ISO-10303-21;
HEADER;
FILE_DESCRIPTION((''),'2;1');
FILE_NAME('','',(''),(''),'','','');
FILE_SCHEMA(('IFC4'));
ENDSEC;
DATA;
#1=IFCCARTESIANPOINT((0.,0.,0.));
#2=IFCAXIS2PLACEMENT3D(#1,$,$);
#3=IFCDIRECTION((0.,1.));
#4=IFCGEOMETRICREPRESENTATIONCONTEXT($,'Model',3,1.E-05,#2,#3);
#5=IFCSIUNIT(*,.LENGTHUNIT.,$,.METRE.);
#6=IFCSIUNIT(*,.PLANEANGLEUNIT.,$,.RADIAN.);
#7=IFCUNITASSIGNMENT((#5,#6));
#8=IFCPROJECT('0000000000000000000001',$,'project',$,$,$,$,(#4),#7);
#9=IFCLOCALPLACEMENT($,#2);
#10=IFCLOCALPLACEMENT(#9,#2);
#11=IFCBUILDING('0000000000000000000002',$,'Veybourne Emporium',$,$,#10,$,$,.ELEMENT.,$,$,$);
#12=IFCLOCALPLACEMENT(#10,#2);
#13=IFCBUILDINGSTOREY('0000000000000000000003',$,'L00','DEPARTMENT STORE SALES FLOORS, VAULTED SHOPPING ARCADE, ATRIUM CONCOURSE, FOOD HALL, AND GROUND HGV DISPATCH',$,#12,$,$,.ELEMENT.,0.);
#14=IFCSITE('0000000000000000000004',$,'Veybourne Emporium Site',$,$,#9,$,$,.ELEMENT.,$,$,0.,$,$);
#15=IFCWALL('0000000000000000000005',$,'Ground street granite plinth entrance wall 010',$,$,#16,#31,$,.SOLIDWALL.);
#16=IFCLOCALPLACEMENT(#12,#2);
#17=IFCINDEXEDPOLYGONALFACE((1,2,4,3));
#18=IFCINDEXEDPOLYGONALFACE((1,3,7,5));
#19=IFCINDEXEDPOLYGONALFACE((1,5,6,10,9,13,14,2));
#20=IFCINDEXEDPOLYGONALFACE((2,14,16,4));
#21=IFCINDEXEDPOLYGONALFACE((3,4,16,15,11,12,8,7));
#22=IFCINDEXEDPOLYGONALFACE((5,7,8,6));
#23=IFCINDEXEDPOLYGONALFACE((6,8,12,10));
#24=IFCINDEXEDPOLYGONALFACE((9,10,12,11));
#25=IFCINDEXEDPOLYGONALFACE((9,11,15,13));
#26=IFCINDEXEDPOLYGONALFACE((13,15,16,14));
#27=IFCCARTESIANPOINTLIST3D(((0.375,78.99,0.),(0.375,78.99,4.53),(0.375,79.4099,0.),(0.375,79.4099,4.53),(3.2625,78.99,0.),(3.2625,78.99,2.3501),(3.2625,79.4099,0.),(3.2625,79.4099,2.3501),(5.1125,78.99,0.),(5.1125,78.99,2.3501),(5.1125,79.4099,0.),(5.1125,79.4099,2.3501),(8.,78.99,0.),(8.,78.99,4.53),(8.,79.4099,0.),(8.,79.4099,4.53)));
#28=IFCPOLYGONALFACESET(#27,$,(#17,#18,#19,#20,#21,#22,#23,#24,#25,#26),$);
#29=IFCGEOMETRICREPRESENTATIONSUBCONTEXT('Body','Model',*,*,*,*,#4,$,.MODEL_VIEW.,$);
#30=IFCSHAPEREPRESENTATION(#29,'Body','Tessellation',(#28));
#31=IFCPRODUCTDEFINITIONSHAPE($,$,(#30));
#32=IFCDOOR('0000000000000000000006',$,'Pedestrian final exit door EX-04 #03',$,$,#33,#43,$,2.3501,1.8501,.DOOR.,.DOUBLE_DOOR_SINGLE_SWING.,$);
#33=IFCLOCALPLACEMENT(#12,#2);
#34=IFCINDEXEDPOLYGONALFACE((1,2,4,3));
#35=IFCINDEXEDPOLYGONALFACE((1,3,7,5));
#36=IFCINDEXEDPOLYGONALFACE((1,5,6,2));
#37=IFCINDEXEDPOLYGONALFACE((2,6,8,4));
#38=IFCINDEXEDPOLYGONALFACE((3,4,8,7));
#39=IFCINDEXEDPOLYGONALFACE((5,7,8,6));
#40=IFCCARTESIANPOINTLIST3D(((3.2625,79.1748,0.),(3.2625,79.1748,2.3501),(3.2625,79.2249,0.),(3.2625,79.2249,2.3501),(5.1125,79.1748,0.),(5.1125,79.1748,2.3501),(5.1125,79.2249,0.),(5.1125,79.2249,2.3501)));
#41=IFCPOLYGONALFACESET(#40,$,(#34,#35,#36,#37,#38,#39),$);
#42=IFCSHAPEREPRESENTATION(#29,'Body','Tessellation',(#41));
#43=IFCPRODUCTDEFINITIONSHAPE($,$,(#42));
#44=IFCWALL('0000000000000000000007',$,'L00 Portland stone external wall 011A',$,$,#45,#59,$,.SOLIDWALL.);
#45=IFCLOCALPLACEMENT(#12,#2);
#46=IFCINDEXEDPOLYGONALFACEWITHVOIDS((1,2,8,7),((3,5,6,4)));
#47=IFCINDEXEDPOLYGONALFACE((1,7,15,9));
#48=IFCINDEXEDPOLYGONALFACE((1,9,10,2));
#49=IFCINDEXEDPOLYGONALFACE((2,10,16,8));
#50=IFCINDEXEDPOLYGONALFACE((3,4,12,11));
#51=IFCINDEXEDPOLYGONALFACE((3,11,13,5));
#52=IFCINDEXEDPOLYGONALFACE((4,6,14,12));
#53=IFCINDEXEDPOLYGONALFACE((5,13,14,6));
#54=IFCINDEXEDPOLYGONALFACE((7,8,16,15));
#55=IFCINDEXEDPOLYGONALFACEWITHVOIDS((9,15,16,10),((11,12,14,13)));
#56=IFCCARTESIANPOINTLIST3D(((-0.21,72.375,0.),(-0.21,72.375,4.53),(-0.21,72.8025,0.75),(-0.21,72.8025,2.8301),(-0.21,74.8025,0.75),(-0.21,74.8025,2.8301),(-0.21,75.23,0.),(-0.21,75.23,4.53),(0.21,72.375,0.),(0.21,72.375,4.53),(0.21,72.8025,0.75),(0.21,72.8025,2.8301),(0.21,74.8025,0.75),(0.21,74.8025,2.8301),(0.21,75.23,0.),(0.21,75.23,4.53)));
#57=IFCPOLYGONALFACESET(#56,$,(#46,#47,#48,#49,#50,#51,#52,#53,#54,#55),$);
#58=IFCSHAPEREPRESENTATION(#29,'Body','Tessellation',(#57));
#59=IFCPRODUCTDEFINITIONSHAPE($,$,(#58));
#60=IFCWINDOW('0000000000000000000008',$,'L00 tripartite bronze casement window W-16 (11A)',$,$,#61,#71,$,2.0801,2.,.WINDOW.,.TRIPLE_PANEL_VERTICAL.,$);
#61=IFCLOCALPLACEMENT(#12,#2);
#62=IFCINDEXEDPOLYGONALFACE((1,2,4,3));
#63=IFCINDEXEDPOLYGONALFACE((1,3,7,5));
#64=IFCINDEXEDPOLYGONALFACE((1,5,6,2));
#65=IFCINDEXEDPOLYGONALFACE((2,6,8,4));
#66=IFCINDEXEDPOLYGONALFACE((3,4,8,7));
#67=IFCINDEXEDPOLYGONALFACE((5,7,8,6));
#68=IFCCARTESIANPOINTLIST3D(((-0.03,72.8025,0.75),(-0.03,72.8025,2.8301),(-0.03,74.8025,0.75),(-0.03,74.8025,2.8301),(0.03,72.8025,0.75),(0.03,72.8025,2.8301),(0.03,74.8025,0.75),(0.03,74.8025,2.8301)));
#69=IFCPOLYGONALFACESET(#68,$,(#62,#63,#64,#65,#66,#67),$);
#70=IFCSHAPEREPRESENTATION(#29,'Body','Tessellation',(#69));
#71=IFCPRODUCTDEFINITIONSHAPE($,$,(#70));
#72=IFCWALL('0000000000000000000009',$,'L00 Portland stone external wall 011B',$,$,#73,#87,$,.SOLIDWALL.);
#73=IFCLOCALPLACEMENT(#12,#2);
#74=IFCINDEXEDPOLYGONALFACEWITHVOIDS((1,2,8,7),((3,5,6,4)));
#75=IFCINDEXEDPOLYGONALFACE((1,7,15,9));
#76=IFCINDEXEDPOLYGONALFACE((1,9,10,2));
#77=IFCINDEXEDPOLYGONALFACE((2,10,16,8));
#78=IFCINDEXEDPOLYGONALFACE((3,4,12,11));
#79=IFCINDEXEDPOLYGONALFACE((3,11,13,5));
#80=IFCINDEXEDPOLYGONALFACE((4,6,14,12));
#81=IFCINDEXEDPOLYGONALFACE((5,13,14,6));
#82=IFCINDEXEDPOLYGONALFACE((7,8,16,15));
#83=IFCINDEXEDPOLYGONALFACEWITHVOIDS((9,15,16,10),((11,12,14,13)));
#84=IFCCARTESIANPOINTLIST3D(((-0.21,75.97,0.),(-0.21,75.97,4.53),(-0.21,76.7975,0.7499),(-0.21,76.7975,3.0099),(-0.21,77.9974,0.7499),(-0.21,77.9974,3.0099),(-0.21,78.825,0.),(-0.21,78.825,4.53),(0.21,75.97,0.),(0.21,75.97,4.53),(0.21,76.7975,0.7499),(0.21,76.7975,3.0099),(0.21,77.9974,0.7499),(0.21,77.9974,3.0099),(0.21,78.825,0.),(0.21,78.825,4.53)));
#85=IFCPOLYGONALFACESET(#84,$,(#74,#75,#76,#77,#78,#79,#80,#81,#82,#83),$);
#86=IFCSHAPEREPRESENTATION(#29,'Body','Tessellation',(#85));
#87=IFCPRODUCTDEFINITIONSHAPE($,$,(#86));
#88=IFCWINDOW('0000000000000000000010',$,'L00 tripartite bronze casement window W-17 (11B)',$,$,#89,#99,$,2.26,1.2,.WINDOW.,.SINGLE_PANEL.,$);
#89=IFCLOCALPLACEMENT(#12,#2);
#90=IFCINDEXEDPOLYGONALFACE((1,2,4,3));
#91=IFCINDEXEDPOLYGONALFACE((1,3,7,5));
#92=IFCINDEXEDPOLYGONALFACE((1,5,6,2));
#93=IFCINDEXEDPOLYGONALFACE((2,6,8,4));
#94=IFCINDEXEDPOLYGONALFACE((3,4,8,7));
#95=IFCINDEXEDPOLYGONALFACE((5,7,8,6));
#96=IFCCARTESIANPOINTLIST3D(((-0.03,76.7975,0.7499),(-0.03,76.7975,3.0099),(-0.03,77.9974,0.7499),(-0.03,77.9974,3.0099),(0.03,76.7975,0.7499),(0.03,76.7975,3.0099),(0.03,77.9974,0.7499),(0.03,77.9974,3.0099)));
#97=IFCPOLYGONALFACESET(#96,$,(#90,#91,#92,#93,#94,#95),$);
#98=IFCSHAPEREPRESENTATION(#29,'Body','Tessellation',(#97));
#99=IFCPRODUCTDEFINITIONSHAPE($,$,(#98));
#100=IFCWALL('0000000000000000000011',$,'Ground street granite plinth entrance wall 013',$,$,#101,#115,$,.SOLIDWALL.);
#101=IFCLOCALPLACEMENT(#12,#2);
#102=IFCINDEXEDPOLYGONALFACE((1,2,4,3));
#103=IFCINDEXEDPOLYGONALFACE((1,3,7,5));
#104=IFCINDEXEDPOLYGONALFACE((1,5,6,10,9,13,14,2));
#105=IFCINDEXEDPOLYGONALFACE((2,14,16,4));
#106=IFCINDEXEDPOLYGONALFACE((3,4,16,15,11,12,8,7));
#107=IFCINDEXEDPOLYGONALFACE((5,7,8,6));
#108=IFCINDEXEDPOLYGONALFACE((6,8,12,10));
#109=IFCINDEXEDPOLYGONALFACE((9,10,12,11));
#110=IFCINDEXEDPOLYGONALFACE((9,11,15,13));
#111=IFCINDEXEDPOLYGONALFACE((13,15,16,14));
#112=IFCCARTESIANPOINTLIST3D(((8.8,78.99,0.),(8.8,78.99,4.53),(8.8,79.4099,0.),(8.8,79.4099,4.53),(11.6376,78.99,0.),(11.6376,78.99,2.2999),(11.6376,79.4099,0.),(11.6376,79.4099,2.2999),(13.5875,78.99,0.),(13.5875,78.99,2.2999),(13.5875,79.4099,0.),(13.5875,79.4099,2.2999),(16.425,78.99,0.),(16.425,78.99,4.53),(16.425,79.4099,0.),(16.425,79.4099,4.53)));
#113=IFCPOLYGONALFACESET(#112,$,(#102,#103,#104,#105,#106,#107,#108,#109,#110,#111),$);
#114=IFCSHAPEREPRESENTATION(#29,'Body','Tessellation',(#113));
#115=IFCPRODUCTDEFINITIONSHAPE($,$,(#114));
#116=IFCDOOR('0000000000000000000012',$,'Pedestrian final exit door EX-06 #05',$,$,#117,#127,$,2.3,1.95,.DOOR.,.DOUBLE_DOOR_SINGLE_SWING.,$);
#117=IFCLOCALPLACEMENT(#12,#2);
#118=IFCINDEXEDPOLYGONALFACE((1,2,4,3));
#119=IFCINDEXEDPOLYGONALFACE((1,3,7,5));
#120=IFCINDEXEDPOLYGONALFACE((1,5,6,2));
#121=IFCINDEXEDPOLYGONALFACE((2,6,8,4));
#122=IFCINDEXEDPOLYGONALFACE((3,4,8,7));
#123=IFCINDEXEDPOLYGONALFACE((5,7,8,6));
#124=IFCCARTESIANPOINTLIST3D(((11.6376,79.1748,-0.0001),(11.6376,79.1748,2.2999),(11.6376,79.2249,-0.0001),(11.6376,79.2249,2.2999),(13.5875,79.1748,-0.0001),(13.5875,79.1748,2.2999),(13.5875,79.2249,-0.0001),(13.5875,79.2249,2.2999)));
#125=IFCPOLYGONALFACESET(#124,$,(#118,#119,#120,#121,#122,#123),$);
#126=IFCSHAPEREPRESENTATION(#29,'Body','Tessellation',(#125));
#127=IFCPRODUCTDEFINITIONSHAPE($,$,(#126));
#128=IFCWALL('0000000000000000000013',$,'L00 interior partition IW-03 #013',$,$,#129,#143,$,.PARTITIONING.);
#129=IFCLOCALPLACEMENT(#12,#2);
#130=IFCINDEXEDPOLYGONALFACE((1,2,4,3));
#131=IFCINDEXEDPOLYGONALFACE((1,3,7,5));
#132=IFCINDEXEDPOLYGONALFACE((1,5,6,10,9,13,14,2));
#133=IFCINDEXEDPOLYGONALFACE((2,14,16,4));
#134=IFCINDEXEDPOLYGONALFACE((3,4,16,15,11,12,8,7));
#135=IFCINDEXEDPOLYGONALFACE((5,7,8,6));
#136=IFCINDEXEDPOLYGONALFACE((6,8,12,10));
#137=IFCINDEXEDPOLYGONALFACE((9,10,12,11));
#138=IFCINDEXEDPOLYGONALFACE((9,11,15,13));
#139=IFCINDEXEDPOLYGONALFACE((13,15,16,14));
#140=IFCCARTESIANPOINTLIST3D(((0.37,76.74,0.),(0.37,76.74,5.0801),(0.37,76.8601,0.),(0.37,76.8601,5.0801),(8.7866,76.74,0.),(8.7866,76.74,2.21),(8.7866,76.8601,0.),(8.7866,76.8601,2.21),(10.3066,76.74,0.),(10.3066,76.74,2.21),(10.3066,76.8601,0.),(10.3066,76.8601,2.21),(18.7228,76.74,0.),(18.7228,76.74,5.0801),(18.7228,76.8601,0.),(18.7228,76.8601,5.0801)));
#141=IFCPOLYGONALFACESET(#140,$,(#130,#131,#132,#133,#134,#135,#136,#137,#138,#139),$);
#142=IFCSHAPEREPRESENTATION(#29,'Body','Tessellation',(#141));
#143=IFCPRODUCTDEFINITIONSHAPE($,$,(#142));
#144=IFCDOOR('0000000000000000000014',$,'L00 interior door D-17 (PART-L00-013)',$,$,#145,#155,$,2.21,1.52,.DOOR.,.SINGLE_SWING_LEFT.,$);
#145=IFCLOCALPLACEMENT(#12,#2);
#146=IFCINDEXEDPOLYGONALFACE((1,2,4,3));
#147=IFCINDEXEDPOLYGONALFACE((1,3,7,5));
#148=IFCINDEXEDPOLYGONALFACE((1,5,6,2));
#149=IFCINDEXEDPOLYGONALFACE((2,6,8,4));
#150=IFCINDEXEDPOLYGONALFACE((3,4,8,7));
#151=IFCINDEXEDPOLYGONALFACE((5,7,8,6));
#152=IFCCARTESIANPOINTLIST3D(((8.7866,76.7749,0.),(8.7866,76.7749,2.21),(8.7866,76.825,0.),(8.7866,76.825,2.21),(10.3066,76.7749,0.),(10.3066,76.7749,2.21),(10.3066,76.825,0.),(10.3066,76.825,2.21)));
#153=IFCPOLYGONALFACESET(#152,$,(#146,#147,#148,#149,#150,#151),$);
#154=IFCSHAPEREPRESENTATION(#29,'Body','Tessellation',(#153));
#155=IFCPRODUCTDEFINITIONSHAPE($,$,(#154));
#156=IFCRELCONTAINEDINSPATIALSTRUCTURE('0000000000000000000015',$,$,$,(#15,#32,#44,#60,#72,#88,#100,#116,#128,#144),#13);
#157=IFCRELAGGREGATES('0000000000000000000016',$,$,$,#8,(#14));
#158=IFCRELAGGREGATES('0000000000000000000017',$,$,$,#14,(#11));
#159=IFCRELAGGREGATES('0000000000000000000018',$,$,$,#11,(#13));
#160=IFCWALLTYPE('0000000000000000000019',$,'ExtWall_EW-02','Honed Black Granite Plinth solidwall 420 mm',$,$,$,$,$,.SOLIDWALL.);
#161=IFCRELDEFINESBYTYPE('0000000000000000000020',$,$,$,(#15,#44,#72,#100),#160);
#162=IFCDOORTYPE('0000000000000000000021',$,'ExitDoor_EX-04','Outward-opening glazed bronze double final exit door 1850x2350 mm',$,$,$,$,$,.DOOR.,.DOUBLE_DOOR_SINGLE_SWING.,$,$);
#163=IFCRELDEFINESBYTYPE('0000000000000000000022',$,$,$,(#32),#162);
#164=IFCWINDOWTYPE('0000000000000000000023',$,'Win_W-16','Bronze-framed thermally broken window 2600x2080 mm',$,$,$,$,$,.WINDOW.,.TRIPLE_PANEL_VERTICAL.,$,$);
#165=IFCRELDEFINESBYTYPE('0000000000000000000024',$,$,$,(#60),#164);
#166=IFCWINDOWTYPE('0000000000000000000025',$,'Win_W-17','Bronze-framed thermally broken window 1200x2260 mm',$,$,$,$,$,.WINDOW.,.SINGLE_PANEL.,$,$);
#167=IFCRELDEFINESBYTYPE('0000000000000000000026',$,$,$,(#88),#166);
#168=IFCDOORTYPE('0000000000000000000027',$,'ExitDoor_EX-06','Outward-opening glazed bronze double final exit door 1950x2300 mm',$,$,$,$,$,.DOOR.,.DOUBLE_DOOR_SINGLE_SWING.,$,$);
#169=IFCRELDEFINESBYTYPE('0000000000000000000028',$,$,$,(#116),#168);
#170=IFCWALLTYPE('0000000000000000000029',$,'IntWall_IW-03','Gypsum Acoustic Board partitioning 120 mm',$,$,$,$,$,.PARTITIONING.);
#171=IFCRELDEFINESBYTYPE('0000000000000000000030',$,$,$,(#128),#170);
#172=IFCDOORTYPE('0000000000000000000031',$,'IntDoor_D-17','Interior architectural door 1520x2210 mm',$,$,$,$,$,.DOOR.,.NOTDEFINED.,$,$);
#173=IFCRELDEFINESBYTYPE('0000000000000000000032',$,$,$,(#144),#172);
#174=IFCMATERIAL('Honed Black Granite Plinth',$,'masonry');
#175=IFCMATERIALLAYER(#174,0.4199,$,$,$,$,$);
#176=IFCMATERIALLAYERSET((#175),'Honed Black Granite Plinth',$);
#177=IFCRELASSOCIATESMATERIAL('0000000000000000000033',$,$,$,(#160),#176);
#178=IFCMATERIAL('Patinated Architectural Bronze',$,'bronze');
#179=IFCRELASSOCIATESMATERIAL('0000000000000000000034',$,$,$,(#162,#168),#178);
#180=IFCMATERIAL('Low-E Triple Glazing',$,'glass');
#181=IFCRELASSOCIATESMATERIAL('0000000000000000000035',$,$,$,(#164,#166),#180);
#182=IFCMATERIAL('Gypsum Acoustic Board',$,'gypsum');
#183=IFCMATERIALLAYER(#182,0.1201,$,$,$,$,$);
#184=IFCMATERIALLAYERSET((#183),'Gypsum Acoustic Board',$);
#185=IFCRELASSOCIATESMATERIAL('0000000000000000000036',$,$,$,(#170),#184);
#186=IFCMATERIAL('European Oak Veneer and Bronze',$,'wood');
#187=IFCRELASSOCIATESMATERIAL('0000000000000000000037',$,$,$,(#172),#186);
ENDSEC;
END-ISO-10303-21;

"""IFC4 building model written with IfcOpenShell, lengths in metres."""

from ifc_helpers import new_model, si_unit, direction, frame, frame_2d, origin, place, context, subcontext, project, spatial, rectangle, extrude, material, layer, layer_set, type_object, element, fill, save


model = new_model("IFC4")

# Units and contexts
model_context = context("Model", 3, precision=1e-05, world=origin(), true_north=direction((0.0, 1.0)))
body_context = subcontext(model_context, "Body", "Model", "MODEL_VIEW")
ifc_project = project(units=[si_unit("LENGTHUNIT", "METRE"), si_unit("PLANEANGLEUNIT", "RADIAN")], contexts=[model_context])

# Site, building, storey
site_placement = place(None, origin())
site = spatial("IfcSite", under=ifc_project, at=site_placement, Name="Veybourne Emporium Site", CompositionType="ELEMENT", RefElevation=0.0)
building_placement = place(site_placement, origin())
building = spatial("IfcBuilding", under=site, at=building_placement, Name="Veybourne Emporium", CompositionType="ELEMENT")
storey_placement = place(building_placement, origin())
storey = spatial("IfcBuildingStorey", under=building, at=storey_placement, Name="L00", Description="DEPARTMENT STORE SALES FLOORS, VAULTED SHOPPING ARCADE, ATRIUM CONCOURSE, FOOD HALL, AND GROUND HGV DISPATCH", CompositionType="ELEMENT", Elevation=0.0)

# Wall, opening, door
ifc_material_1 = material(Name="Honed Black Granite Plinth", Category="masonry")
ifc_layer_1 = layer(ifc_material_1, 0.4199)
ifc_layer_set_1 = layer_set([ifc_layer_1], Name="Honed Black Granite Plinth")
wall_type_1 = type_object("IfcWallType", Name="ExtWall_EW-02", Description="Honed Black Granite Plinth solidwall 420 mm", PredefinedType="SOLIDWALL", material=ifc_layer_set_1)
wall_1_placement = place(storey_placement, frame((0.375, 79.2, 0.0), z_axis=(0.0, 0.0, 1.0), x_axis=(1.0, 0.0, 0.0)))
wall_1 = element("IfcWall", 1, at=wall_1_placement, inside=storey, type_object=wall_type_1, Name="Ground street granite plinth entrance wall 010", PredefinedType="SOLIDWALL", context=body_context, shape_type="SweptSolid", body=[
    extrude(rectangle(XDim=7.625, YDim=0.4199, at=frame_2d((3.8125, 0.0))), origin(), (0.0, 0.0, 1.0), 4.53),
])
opening_1_placement = place(wall_1_placement, frame((2.8875, 0.0, 0.0)))
opening_1 = element("IfcOpeningElement", 2, at=opening_1_placement, cuts=wall_1, PredefinedType="OPENING", context=body_context, shape_type="SweptSolid", body=[
    extrude(rectangle(XDim=1.8501, YDim=2.3501, at=frame_2d((0.925, 1.175))), frame((0.0, 0.23, 0.0), z_axis=(0.0, -1.0, 0.0), x_axis=(1.0, 0.0, 0.0)), (0.0, 0.0, 1.0), 0.46),
])
ifc_material_2 = material(Name="Patinated Architectural Bronze", Category="bronze")
door_type_1 = type_object("IfcDoorType", Name="ExitDoor_EX-04", Description="Outward-opening glazed bronze double final exit door 1850x2350 mm", OperationType="DOUBLE_DOOR_SINGLE_SWING", PredefinedType="DOOR", material=ifc_material_2)
door_1_placement = place(opening_1_placement, origin())
door_1 = element("IfcDoor", 3, at=door_1_placement, inside=storey, type_object=door_type_1, Name="Pedestrian final exit door EX-04 #03", OperationType="DOUBLE_DOOR_SINGLE_SWING", OverallHeight=2.3501, OverallWidth=1.8501, PredefinedType="DOOR", context=body_context, shape_type="SweptSolid", body=[
    extrude(rectangle(XDim=1.8501, YDim=2.3501, at=frame_2d((0.925, 1.175))), frame((0.0, 0.0249, 0.0), z_axis=(0.0, -1.0, 0.0), x_axis=(1.0, 0.0, 0.0)), (0.0, 0.0, 1.0), 0.05),
])
fill(opening_1, door_1)

# Walls, openings, windows
wall_2_placement = place(storey_placement, frame((0.0, 72.375, 0.0), z_axis=(0.0, 0.0, 1.0), x_axis=(0.0, 1.0, 0.0)))
wall_2 = element("IfcWall", 4, at=wall_2_placement, inside=storey, type_object=wall_type_1, Name="L00 Portland stone external wall 011A", PredefinedType="SOLIDWALL", context=body_context, shape_type="SweptSolid", body=[
    extrude(rectangle(XDim=2.855, YDim=0.4199, at=frame_2d((1.4275, 0.0))), origin(), (0.0, 0.0, 1.0), 4.53),
])
opening_2_placement = place(wall_2_placement, frame((0.4275, 0.0, 0.75)))
opening_2 = element("IfcOpeningElement", 5, at=opening_2_placement, cuts=wall_2, PredefinedType="OPENING", context=body_context, shape_type="SweptSolid", body=[
    extrude(rectangle(XDim=2.0, YDim=2.0801, at=frame_2d((1.0, 1.04))), frame((0.0, 0.23, 0.0), z_axis=(0.0, -1.0, 0.0), x_axis=(1.0, 0.0, 0.0)), (0.0, 0.0, 1.0), 0.46),
])
ifc_material_3 = material(Name="Low-E Triple Glazing", Category="glass")
window_type_1 = type_object("IfcWindowType", Name="Win_W-16", Description="Bronze-framed thermally broken window 2600x2080 mm", PartitioningType="TRIPLE_PANEL_VERTICAL", PredefinedType="WINDOW", material=ifc_material_3)
window_1_placement = place(opening_2_placement, origin())
window_1 = element("IfcWindow", 6, at=window_1_placement, inside=storey, type_object=window_type_1, Name="L00 tripartite bronze casement window W-16 (11A)", OverallHeight=2.0801, OverallWidth=2.0, PartitioningType="TRIPLE_PANEL_VERTICAL", PredefinedType="WINDOW", context=body_context, shape_type="SweptSolid", body=[
    extrude(rectangle(XDim=2.0, YDim=2.0801, at=frame_2d((1.0, 1.04))), frame((0.0, 0.03, 0.0), z_axis=(0.0, -1.0, 0.0), x_axis=(1.0, 0.0, 0.0)), (0.0, 0.0, 1.0), 0.0601),
])
fill(opening_2, window_1)
wall_3_placement = place(storey_placement, frame((0.0, 75.97, 0.0), z_axis=(0.0, 0.0, 1.0), x_axis=(0.0, 1.0, 0.0)))
wall_3 = element("IfcWall", 7, at=wall_3_placement, inside=storey, type_object=wall_type_1, Name="L00 Portland stone external wall 011B", PredefinedType="SOLIDWALL", context=body_context, shape_type="SweptSolid", body=[
    extrude(rectangle(XDim=2.855, YDim=0.4199, at=frame_2d((1.4275, 0.0))), origin(), (0.0, 0.0, 1.0), 4.53),
])
opening_3_placement = place(wall_3_placement, frame((0.8274, 0.0, 0.75)))
opening_3 = element("IfcOpeningElement", 8, at=opening_3_placement, cuts=wall_3, PredefinedType="OPENING", context=body_context, shape_type="SweptSolid", body=[
    extrude(rectangle(XDim=1.2, YDim=2.26, at=frame_2d((0.6001, 1.1299))), frame((0.0, 0.23, 0.0), z_axis=(0.0, -1.0, 0.0), x_axis=(1.0, 0.0, 0.0)), (0.0, 0.0, 1.0), 0.46),
])
window_type_2 = type_object("IfcWindowType", Name="Win_W-17", Description="Bronze-framed thermally broken window 1200x2260 mm", PartitioningType="SINGLE_PANEL", PredefinedType="WINDOW", material=ifc_material_3)
window_2_placement = place(opening_3_placement, origin())
window_2 = element("IfcWindow", 9, at=window_2_placement, inside=storey, type_object=window_type_2, Name="L00 tripartite bronze casement window W-17 (11B)", OverallHeight=2.26, OverallWidth=1.2, PartitioningType="SINGLE_PANEL", PredefinedType="WINDOW", context=body_context, shape_type="SweptSolid", body=[
    extrude(rectangle(XDim=1.2, YDim=2.26, at=frame_2d((0.6001, 1.1299))), frame((0.0, 0.03, 0.0), z_axis=(0.0, -1.0, 0.0), x_axis=(1.0, 0.0, 0.0)), (0.0, 0.0, 1.0), 0.0601),
])
fill(opening_3, window_2)

# Walls, openings, doors
wall_4_placement = place(storey_placement, frame((8.8, 79.2, 0.0), z_axis=(0.0, 0.0, 1.0), x_axis=(1.0, 0.0, 0.0)))
wall_4 = element("IfcWall", 10, at=wall_4_placement, inside=storey, type_object=wall_type_1, Name="Ground street granite plinth entrance wall 013", PredefinedType="SOLIDWALL", context=body_context, shape_type="SweptSolid", body=[
    extrude(rectangle(XDim=7.625, YDim=0.4199, at=frame_2d((3.8125, 0.0))), origin(), (0.0, 0.0, 1.0), 4.53),
])
opening_4_placement = place(wall_4_placement, frame((2.8374, 0.0, 0.0)))
opening_4 = element("IfcOpeningElement", 11, at=opening_4_placement, cuts=wall_4, PredefinedType="OPENING", context=body_context, shape_type="SweptSolid", body=[
    extrude(rectangle(XDim=1.95, YDim=2.3, at=frame_2d((0.9751, 1.1499))), frame((0.0, 0.23, 0.0), z_axis=(0.0, -1.0, 0.0), x_axis=(1.0, 0.0, 0.0)), (0.0, 0.0, 1.0), 0.46),
])
door_type_2 = type_object("IfcDoorType", Name="ExitDoor_EX-06", Description="Outward-opening glazed bronze double final exit door 1950x2300 mm", OperationType="DOUBLE_DOOR_SINGLE_SWING", PredefinedType="DOOR", material=ifc_material_2)
door_2_placement = place(opening_4_placement, origin())
door_2 = element("IfcDoor", 12, at=door_2_placement, inside=storey, type_object=door_type_2, Name="Pedestrian final exit door EX-06 #05", OperationType="DOUBLE_DOOR_SINGLE_SWING", OverallHeight=2.3, OverallWidth=1.95, PredefinedType="DOOR", context=body_context, shape_type="SweptSolid", body=[
    extrude(rectangle(XDim=1.95, YDim=2.3, at=frame_2d((0.9751, 1.1499))), frame((0.0, 0.0249, 0.0), z_axis=(0.0, -1.0, 0.0), x_axis=(1.0, 0.0, 0.0)), (0.0, 0.0, 1.0), 0.05),
])
fill(opening_4, door_2)
ifc_material_4 = material(Name="Gypsum Acoustic Board", Category="gypsum")
ifc_layer_2 = layer(ifc_material_4, 0.1201)
ifc_layer_set_2 = layer_set([ifc_layer_2], Name="Gypsum Acoustic Board")
wall_type_2 = type_object("IfcWallType", Name="IntWall_IW-03", Description="Gypsum Acoustic Board partitioning 120 mm", PredefinedType="PARTITIONING", material=ifc_layer_set_2)
wall_5_placement = place(storey_placement, frame((0.3701, 76.8, 0.0), z_axis=(0.0, 0.0, 1.0), x_axis=(1.0, 0.0, 0.0)))
wall_5 = element("IfcWall", 13, at=wall_5_placement, inside=storey, type_object=wall_type_2, Name="L00 interior partition IW-03 #013", PredefinedType="PARTITIONING", context=body_context, shape_type="SweptSolid", body=[
    extrude(rectangle(XDim=18.3528, YDim=0.1201, at=frame_2d((9.1763, 0.0))), origin(), (0.0, 0.0, 1.0), 5.0801),
])
opening_5_placement = place(wall_5_placement, frame((8.4165, 0.0, 0.0)))
opening_5 = element("IfcOpeningElement", 14, at=opening_5_placement, cuts=wall_5, PredefinedType="OPENING", context=body_context, shape_type="SweptSolid", body=[
    extrude(rectangle(XDim=1.52, YDim=2.21, at=frame_2d((0.76, 1.105))), frame((0.0, 0.0801, 0.0), z_axis=(0.0, -1.0, 0.0), x_axis=(1.0, 0.0, 0.0)), (0.0, 0.0, 1.0), 0.1602),
])
ifc_material_5 = material(Name="European Oak Veneer and Bronze", Category="wood")
door_type_3 = type_object("IfcDoorType", Name="IntDoor_D-17", Description="Interior architectural door 1520x2210 mm", OperationType="NOTDEFINED", PredefinedType="DOOR", material=ifc_material_5)
door_3_placement = place(opening_5_placement, origin())
door_3 = element("IfcDoor", 15, at=door_3_placement, inside=storey, type_object=door_type_3, Name="L00 interior door D-17 (PART-L00-013)", OperationType="SINGLE_SWING_LEFT", OverallHeight=2.21, OverallWidth=1.52, PredefinedType="DOOR", context=body_context, shape_type="SweptSolid", body=[
    extrude(rectangle(XDim=1.52, YDim=2.21, at=frame_2d((0.76, 1.105))), frame((0.0, 0.0249, 0.0), z_axis=(0.0, -1.0, 0.0), x_axis=(1.0, 0.0, 0.0)), (0.0, 0.0, 1.0), 0.05),
])
fill(opening_5, door_3)

save(model, "model.ifc")
